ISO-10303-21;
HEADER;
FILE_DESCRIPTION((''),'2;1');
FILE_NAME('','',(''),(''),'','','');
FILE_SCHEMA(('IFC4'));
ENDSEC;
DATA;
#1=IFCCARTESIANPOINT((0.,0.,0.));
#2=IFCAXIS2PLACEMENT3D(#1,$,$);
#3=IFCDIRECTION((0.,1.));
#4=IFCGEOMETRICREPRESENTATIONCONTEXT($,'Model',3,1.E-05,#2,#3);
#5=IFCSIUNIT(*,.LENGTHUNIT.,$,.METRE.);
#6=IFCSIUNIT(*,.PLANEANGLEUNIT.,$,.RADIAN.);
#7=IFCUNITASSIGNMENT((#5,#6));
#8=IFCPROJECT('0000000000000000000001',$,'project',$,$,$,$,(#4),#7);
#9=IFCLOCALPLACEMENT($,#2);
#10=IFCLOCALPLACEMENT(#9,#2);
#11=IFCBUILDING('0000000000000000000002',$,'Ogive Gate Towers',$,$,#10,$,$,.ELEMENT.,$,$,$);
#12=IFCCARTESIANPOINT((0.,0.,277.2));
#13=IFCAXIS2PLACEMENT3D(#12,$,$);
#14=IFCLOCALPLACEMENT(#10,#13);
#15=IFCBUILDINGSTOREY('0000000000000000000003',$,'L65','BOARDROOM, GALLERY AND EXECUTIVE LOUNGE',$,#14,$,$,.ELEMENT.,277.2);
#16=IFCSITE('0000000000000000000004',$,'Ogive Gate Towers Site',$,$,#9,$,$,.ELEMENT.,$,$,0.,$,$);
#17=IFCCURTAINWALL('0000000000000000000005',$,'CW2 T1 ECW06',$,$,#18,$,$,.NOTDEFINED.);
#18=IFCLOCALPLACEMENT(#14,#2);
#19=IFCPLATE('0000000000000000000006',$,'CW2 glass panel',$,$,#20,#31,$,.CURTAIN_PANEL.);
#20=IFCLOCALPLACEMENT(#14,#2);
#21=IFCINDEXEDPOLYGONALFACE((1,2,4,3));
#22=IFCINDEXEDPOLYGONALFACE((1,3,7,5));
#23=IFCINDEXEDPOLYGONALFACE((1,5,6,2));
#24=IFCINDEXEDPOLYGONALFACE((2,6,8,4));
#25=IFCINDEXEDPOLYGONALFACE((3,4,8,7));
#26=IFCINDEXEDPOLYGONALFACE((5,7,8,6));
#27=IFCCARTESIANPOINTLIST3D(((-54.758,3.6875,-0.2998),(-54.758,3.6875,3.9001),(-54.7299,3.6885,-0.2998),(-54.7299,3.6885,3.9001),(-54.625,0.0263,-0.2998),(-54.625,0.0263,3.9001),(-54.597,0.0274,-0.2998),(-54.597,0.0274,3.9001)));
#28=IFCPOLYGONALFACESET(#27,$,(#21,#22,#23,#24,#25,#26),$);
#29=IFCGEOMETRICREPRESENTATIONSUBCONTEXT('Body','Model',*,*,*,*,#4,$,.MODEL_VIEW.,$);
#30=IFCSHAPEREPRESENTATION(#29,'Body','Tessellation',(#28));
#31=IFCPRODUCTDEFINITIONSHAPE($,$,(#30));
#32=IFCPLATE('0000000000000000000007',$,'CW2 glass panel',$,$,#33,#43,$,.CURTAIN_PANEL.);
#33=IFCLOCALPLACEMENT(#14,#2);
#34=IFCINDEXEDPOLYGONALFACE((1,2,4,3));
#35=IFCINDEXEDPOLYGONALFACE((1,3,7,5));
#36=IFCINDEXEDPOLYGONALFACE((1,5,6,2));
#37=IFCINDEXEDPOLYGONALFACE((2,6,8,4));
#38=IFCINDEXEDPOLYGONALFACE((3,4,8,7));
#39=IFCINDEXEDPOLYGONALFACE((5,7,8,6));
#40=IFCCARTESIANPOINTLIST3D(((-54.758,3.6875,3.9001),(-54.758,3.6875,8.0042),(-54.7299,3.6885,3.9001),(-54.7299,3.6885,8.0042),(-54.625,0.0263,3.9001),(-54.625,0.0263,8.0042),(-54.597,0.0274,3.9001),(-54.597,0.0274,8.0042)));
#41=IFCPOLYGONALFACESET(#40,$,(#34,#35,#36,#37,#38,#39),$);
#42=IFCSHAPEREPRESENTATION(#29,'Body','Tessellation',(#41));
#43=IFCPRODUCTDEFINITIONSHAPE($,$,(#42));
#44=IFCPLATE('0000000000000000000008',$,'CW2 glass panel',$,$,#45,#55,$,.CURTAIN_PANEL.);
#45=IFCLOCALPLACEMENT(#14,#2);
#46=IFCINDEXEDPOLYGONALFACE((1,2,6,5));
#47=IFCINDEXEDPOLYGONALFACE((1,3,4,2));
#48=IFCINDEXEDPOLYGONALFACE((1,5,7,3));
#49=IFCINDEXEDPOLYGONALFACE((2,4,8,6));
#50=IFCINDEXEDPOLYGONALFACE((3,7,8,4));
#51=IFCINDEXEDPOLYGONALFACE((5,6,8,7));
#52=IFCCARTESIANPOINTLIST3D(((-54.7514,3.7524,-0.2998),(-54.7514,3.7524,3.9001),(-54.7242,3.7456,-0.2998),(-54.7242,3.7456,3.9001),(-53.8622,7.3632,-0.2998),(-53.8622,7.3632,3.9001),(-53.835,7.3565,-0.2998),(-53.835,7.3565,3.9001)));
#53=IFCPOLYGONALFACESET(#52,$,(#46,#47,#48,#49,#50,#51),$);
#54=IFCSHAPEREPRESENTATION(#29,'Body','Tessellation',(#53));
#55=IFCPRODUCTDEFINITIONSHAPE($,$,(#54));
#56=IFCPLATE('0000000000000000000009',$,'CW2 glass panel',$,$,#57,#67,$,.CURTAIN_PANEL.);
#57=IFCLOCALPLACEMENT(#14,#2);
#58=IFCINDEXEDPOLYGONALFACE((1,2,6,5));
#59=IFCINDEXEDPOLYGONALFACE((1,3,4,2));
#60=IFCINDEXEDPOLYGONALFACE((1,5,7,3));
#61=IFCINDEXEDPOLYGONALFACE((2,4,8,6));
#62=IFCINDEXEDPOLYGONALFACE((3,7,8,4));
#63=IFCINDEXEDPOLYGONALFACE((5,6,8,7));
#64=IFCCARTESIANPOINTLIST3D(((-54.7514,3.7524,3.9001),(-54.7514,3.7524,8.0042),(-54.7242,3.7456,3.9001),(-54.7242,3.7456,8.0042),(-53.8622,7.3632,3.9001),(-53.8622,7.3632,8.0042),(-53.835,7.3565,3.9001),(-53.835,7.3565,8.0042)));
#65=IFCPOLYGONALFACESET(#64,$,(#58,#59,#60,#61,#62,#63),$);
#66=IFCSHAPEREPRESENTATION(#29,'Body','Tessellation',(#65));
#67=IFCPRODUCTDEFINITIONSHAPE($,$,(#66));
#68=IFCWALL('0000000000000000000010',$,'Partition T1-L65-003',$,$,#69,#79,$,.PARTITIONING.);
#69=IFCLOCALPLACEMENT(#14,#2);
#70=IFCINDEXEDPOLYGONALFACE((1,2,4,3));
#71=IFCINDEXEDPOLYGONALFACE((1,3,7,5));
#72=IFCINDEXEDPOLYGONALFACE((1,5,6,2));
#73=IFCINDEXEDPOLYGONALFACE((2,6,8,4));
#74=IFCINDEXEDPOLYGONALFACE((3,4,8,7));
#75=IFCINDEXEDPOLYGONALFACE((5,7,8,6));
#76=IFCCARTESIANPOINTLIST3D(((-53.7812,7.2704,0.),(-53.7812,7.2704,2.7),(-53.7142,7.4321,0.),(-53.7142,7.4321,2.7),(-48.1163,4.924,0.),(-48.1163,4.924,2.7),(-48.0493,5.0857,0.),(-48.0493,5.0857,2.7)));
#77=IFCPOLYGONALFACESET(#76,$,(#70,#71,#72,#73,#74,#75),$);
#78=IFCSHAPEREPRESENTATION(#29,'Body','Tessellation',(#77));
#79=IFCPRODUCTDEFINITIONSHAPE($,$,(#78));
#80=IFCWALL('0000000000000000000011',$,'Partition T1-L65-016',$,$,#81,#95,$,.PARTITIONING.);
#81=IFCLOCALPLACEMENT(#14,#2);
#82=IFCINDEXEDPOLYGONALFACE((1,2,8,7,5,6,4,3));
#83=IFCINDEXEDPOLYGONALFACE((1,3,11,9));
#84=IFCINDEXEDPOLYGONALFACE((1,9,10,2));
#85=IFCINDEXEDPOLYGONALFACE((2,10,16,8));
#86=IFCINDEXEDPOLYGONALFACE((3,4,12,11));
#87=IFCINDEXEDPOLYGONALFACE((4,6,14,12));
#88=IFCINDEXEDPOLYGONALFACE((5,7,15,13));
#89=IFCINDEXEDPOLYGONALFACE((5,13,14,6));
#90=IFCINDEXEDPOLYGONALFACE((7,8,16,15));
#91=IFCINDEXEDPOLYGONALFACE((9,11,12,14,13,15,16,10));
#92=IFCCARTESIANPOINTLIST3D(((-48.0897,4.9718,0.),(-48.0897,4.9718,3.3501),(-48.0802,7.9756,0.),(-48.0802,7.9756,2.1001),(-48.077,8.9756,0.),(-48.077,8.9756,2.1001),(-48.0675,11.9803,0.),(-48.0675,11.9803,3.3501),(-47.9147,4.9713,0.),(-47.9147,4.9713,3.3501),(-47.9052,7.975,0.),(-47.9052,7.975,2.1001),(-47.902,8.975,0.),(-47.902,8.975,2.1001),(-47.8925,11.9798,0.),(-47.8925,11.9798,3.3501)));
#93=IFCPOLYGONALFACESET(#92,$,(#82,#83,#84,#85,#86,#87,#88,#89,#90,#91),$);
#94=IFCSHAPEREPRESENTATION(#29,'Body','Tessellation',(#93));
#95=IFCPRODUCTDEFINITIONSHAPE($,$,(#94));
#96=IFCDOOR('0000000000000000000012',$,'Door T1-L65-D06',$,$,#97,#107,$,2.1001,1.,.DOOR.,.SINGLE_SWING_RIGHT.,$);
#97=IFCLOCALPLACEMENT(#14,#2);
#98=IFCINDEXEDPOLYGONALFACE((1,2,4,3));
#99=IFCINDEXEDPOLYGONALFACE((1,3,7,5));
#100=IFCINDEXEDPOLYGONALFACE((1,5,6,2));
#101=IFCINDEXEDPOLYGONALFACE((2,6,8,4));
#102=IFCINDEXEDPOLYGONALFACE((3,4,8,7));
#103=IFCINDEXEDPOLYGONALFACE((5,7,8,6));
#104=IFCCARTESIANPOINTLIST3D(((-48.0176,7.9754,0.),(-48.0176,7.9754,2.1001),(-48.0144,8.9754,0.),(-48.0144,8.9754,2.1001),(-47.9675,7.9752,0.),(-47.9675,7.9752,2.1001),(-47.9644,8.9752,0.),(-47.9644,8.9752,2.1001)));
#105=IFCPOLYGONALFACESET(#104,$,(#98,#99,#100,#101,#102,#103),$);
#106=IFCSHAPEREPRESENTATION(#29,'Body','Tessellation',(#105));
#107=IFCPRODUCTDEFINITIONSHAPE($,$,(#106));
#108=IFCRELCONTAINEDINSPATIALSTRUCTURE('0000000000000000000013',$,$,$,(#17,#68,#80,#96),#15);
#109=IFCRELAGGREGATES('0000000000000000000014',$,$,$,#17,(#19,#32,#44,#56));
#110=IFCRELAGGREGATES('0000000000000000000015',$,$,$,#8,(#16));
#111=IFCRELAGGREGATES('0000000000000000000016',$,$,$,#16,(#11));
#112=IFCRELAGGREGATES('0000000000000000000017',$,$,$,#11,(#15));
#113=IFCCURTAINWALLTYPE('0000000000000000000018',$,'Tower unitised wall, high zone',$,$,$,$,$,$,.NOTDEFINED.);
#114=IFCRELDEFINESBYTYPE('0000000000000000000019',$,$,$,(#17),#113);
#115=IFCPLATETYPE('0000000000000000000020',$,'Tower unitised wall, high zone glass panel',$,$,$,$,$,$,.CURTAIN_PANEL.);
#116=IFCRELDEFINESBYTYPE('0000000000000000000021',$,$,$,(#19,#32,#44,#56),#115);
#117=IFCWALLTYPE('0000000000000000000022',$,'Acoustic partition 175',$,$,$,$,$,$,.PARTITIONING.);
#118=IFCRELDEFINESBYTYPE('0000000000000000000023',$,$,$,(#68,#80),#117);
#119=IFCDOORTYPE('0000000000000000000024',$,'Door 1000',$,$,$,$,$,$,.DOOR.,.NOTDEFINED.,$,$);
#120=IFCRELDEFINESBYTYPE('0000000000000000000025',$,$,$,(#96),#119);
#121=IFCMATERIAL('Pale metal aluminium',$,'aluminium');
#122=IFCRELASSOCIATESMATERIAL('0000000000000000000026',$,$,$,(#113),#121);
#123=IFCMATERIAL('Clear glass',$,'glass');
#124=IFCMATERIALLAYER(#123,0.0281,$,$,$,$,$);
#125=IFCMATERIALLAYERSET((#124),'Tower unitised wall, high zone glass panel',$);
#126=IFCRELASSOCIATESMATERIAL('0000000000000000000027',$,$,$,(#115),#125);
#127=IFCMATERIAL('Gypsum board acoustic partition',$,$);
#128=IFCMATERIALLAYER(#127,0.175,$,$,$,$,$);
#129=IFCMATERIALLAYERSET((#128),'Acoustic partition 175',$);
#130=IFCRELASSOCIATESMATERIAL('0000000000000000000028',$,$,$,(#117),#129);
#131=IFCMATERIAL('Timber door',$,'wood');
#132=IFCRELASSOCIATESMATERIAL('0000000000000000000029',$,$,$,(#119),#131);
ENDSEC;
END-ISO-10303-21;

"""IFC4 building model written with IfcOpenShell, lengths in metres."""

from ifc_helpers import new_model, si_unit, direction, frame, frame_2d, origin, origin_2d, place, context, subcontext, project, spatial, rectangle, extrude, material, layer, layer_set, type_object, element, fill, aggregate, save


model = new_model("IFC4")

# Units and contexts
model_context = context("Model", 3, precision=1e-05, world=origin(), true_north=direction((0.0, 1.0)))
body_context = subcontext(model_context, "Body", "Model", "MODEL_VIEW")
ifc_project = project(units=[si_unit("LENGTHUNIT", "METRE"), si_unit("PLANEANGLEUNIT", "RADIAN")], contexts=[model_context])

# Site, building, storey
site_placement = place(None, origin())
site = spatial("IfcSite", under=ifc_project, at=site_placement, Name="Ogive Gate Towers Site", CompositionType="ELEMENT", RefElevation=0.0)
building_placement = place(site_placement, origin())
building = spatial("IfcBuilding", under=site, at=building_placement, Name="Ogive Gate Towers", CompositionType="ELEMENT")
storey_placement = place(building_placement, frame((0.0, 0.0, 277.2)))
storey = spatial("IfcBuildingStorey", under=building, at=storey_placement, Name="L65", Description="BOARDROOM, GALLERY AND EXECUTIVE LOUNGE", CompositionType="ELEMENT", Elevation=277.2)

# Curtain wall, plates
ifc_material_1 = material(Name="Pale metal aluminium", Category="aluminium")
curtain_wall_type = type_object("IfcCurtainWallType", Name="Tower unitised wall, high zone", PredefinedType="NOTDEFINED", material=ifc_material_1)
curtain_wall_placement = place(storey_placement, origin())
curtain_wall = element("IfcCurtainWall", 1, at=curtain_wall_placement, inside=storey, type_object=curtain_wall_type, Name="CW2 T1 ECW06", PredefinedType="NOTDEFINED")
ifc_material_2 = material(Name="Clear glass", Category="glass")
ifc_layer_1 = layer(ifc_material_2, 0.0281)
ifc_layer_set_1 = layer_set([ifc_layer_1], Name="Tower unitised wall, high zone glass panel")
plate_type = type_object("IfcPlateType", Name="Tower unitised wall, high zone glass panel", PredefinedType="CURTAIN_PANEL", material=ifc_layer_set_1)
plate_1_placement = place(storey_placement, frame((-54.6775, 1.8574, -0.2998), z_axis=(0.0, 0.0, 1.0), x_axis=(-0.036295, 0.999341, 0.0)))
plate_1 = element("IfcPlate", 2, at=plate_1_placement, type_object=plate_type, Name="CW2 glass panel", PredefinedType="CURTAIN_PANEL", context=body_context, shape_type="SweptSolid", body=[
    extrude(rectangle(XDim=3.6636, YDim=0.0281, at=origin_2d()), origin(), (0.0, 0.0, 1.0), 4.2),
])
plate_2_placement = place(storey_placement, frame((-54.6775, 1.8574, 3.9001), z_axis=(0.0, 0.0, 1.0), x_axis=(-0.036295, 0.999341, 0.0)))
plate_2 = element("IfcPlate", 3, at=plate_2_placement, type_object=plate_type, Name="CW2 glass panel", PredefinedType="CURTAIN_PANEL", context=body_context, shape_type="SweptSolid", body=[
    extrude(rectangle(XDim=3.6636, YDim=0.0281, at=origin_2d()), origin(), (0.0, 0.0, 1.0), 4.104),
])
plate_3_placement = place(storey_placement, frame((-54.2932, 5.5544, -0.2998), z_axis=(0.0, 0.0, 1.0), x_axis=(0.23911, 0.970993, 0.0)))
plate_3 = element("IfcPlate", 4, at=plate_3_placement, type_object=plate_type, Name="CW2 glass panel", PredefinedType="CURTAIN_PANEL", context=body_context, shape_type="SweptSolid", body=[
    extrude(rectangle(XDim=3.7188, YDim=0.0281, at=origin_2d()), origin(), (0.0, 0.0, 1.0), 4.2),
])
plate_4_placement = place(storey_placement, frame((-54.2932, 5.5544, 3.9001), z_axis=(0.0, 0.0, 1.0), x_axis=(0.23911, 0.970993, 0.0)))
plate_4 = element("IfcPlate", 5, at=plate_4_placement, type_object=plate_type, Name="CW2 glass panel", PredefinedType="CURTAIN_PANEL", context=body_context, shape_type="SweptSolid", body=[
    extrude(rectangle(XDim=3.7188, YDim=0.0281, at=origin_2d()), origin(), (0.0, 0.0, 1.0), 4.104),
])
aggregate(curtain_wall, [plate_1, plate_2, plate_3, plate_4])

# Wall
ifc_material_3 = material(Name="Gypsum board acoustic partition")
ifc_layer_2 = layer(ifc_material_3, 0.175)
ifc_layer_set_2 = layer_set([ifc_layer_2], Name="Acoustic partition 175")
wall_type_1 = type_object("IfcWallType", Name="Acoustic partition 175", PredefinedType="PARTITIONING", material=ifc_layer_set_2)
wall_1_placement = place(storey_placement, frame((-53.7478, 7.3513, 0.0), z_axis=(0.0, 0.0, 1.0), x_axis=(0.923879, -0.382684, 0.0)))
element("IfcWall", 6, at=wall_1_placement, inside=storey, type_object=wall_type_1, Name="Partition T1-L65-003", PredefinedType="PARTITIONING", context=body_context, shape_type="SweptSolid", body=[
    extrude(rectangle(XDim=6.1316, YDim=0.175, at=frame_2d((3.0659, 0.0))), origin(), (0.0, 0.0, 1.0), 2.7),
])

# Wall, opening, door
wall_2_placement = place(storey_placement, frame((-48.0022, 4.9714, 0.0), z_axis=(0.0, 0.0, 1.0), x_axis=(0.00317, 0.999995, 0.0)))
wall_2 = element("IfcWall", 7, at=wall_2_placement, inside=storey, type_object=wall_type_1, Name="Partition T1-L65-016", PredefinedType="PARTITIONING", context=body_context, shape_type="SweptSolid", body=[
    extrude(rectangle(XDim=7.0085, YDim=0.175, at=frame_2d((3.5044, 0.0))), origin(), (0.0, 0.0, 1.0), 3.3501),
])
opening_1_placement = place(wall_2_placement, frame((3.0039, 0.0, 0.0)))
opening_1 = element("IfcOpeningElement", 8, at=opening_1_placement, cuts=wall_2, PredefinedType="OPENING", context=body_context, shape_type="SweptSolid", body=[
    extrude(rectangle(XDim=1.0, YDim=2.1001, at=frame_2d((0.5, 1.05))), frame((0.0, 0.0977, 0.0), z_axis=(0.0, -1.0, 0.0), x_axis=(1.0, 0.0, 0.0)), (0.0, 0.0, 1.0), 0.1951),
])
ifc_material_4 = material(Name="Timber door", Category="wood")
door_type_1 = type_object("IfcDoorType", Name="Door 1000", OperationType="NOTDEFINED", PredefinedType="DOOR", material=ifc_material_4)
door_1_placement = place(opening_1_placement, origin())
door_1 = element("IfcDoor", 9, at=door_1_placement, inside=storey, type_object=door_type_1, Name="Door T1-L65-D06", OperationType="SINGLE_SWING_RIGHT", OverallHeight=2.1001, OverallWidth=1.0, PredefinedType="DOOR", context=body_context, shape_type="SweptSolid", body=[
    extrude(rectangle(XDim=1.0, YDim=2.1001, at=frame_2d((0.5, 1.05))), frame((0.0, 0.0249, 0.0), z_axis=(0.0, -1.0, 0.0), x_axis=(1.0, 0.0, 0.0)), (0.0, 0.0, 1.0), 0.05),
])
fill(opening_1, door_1)

save(model, "model.ifc")
